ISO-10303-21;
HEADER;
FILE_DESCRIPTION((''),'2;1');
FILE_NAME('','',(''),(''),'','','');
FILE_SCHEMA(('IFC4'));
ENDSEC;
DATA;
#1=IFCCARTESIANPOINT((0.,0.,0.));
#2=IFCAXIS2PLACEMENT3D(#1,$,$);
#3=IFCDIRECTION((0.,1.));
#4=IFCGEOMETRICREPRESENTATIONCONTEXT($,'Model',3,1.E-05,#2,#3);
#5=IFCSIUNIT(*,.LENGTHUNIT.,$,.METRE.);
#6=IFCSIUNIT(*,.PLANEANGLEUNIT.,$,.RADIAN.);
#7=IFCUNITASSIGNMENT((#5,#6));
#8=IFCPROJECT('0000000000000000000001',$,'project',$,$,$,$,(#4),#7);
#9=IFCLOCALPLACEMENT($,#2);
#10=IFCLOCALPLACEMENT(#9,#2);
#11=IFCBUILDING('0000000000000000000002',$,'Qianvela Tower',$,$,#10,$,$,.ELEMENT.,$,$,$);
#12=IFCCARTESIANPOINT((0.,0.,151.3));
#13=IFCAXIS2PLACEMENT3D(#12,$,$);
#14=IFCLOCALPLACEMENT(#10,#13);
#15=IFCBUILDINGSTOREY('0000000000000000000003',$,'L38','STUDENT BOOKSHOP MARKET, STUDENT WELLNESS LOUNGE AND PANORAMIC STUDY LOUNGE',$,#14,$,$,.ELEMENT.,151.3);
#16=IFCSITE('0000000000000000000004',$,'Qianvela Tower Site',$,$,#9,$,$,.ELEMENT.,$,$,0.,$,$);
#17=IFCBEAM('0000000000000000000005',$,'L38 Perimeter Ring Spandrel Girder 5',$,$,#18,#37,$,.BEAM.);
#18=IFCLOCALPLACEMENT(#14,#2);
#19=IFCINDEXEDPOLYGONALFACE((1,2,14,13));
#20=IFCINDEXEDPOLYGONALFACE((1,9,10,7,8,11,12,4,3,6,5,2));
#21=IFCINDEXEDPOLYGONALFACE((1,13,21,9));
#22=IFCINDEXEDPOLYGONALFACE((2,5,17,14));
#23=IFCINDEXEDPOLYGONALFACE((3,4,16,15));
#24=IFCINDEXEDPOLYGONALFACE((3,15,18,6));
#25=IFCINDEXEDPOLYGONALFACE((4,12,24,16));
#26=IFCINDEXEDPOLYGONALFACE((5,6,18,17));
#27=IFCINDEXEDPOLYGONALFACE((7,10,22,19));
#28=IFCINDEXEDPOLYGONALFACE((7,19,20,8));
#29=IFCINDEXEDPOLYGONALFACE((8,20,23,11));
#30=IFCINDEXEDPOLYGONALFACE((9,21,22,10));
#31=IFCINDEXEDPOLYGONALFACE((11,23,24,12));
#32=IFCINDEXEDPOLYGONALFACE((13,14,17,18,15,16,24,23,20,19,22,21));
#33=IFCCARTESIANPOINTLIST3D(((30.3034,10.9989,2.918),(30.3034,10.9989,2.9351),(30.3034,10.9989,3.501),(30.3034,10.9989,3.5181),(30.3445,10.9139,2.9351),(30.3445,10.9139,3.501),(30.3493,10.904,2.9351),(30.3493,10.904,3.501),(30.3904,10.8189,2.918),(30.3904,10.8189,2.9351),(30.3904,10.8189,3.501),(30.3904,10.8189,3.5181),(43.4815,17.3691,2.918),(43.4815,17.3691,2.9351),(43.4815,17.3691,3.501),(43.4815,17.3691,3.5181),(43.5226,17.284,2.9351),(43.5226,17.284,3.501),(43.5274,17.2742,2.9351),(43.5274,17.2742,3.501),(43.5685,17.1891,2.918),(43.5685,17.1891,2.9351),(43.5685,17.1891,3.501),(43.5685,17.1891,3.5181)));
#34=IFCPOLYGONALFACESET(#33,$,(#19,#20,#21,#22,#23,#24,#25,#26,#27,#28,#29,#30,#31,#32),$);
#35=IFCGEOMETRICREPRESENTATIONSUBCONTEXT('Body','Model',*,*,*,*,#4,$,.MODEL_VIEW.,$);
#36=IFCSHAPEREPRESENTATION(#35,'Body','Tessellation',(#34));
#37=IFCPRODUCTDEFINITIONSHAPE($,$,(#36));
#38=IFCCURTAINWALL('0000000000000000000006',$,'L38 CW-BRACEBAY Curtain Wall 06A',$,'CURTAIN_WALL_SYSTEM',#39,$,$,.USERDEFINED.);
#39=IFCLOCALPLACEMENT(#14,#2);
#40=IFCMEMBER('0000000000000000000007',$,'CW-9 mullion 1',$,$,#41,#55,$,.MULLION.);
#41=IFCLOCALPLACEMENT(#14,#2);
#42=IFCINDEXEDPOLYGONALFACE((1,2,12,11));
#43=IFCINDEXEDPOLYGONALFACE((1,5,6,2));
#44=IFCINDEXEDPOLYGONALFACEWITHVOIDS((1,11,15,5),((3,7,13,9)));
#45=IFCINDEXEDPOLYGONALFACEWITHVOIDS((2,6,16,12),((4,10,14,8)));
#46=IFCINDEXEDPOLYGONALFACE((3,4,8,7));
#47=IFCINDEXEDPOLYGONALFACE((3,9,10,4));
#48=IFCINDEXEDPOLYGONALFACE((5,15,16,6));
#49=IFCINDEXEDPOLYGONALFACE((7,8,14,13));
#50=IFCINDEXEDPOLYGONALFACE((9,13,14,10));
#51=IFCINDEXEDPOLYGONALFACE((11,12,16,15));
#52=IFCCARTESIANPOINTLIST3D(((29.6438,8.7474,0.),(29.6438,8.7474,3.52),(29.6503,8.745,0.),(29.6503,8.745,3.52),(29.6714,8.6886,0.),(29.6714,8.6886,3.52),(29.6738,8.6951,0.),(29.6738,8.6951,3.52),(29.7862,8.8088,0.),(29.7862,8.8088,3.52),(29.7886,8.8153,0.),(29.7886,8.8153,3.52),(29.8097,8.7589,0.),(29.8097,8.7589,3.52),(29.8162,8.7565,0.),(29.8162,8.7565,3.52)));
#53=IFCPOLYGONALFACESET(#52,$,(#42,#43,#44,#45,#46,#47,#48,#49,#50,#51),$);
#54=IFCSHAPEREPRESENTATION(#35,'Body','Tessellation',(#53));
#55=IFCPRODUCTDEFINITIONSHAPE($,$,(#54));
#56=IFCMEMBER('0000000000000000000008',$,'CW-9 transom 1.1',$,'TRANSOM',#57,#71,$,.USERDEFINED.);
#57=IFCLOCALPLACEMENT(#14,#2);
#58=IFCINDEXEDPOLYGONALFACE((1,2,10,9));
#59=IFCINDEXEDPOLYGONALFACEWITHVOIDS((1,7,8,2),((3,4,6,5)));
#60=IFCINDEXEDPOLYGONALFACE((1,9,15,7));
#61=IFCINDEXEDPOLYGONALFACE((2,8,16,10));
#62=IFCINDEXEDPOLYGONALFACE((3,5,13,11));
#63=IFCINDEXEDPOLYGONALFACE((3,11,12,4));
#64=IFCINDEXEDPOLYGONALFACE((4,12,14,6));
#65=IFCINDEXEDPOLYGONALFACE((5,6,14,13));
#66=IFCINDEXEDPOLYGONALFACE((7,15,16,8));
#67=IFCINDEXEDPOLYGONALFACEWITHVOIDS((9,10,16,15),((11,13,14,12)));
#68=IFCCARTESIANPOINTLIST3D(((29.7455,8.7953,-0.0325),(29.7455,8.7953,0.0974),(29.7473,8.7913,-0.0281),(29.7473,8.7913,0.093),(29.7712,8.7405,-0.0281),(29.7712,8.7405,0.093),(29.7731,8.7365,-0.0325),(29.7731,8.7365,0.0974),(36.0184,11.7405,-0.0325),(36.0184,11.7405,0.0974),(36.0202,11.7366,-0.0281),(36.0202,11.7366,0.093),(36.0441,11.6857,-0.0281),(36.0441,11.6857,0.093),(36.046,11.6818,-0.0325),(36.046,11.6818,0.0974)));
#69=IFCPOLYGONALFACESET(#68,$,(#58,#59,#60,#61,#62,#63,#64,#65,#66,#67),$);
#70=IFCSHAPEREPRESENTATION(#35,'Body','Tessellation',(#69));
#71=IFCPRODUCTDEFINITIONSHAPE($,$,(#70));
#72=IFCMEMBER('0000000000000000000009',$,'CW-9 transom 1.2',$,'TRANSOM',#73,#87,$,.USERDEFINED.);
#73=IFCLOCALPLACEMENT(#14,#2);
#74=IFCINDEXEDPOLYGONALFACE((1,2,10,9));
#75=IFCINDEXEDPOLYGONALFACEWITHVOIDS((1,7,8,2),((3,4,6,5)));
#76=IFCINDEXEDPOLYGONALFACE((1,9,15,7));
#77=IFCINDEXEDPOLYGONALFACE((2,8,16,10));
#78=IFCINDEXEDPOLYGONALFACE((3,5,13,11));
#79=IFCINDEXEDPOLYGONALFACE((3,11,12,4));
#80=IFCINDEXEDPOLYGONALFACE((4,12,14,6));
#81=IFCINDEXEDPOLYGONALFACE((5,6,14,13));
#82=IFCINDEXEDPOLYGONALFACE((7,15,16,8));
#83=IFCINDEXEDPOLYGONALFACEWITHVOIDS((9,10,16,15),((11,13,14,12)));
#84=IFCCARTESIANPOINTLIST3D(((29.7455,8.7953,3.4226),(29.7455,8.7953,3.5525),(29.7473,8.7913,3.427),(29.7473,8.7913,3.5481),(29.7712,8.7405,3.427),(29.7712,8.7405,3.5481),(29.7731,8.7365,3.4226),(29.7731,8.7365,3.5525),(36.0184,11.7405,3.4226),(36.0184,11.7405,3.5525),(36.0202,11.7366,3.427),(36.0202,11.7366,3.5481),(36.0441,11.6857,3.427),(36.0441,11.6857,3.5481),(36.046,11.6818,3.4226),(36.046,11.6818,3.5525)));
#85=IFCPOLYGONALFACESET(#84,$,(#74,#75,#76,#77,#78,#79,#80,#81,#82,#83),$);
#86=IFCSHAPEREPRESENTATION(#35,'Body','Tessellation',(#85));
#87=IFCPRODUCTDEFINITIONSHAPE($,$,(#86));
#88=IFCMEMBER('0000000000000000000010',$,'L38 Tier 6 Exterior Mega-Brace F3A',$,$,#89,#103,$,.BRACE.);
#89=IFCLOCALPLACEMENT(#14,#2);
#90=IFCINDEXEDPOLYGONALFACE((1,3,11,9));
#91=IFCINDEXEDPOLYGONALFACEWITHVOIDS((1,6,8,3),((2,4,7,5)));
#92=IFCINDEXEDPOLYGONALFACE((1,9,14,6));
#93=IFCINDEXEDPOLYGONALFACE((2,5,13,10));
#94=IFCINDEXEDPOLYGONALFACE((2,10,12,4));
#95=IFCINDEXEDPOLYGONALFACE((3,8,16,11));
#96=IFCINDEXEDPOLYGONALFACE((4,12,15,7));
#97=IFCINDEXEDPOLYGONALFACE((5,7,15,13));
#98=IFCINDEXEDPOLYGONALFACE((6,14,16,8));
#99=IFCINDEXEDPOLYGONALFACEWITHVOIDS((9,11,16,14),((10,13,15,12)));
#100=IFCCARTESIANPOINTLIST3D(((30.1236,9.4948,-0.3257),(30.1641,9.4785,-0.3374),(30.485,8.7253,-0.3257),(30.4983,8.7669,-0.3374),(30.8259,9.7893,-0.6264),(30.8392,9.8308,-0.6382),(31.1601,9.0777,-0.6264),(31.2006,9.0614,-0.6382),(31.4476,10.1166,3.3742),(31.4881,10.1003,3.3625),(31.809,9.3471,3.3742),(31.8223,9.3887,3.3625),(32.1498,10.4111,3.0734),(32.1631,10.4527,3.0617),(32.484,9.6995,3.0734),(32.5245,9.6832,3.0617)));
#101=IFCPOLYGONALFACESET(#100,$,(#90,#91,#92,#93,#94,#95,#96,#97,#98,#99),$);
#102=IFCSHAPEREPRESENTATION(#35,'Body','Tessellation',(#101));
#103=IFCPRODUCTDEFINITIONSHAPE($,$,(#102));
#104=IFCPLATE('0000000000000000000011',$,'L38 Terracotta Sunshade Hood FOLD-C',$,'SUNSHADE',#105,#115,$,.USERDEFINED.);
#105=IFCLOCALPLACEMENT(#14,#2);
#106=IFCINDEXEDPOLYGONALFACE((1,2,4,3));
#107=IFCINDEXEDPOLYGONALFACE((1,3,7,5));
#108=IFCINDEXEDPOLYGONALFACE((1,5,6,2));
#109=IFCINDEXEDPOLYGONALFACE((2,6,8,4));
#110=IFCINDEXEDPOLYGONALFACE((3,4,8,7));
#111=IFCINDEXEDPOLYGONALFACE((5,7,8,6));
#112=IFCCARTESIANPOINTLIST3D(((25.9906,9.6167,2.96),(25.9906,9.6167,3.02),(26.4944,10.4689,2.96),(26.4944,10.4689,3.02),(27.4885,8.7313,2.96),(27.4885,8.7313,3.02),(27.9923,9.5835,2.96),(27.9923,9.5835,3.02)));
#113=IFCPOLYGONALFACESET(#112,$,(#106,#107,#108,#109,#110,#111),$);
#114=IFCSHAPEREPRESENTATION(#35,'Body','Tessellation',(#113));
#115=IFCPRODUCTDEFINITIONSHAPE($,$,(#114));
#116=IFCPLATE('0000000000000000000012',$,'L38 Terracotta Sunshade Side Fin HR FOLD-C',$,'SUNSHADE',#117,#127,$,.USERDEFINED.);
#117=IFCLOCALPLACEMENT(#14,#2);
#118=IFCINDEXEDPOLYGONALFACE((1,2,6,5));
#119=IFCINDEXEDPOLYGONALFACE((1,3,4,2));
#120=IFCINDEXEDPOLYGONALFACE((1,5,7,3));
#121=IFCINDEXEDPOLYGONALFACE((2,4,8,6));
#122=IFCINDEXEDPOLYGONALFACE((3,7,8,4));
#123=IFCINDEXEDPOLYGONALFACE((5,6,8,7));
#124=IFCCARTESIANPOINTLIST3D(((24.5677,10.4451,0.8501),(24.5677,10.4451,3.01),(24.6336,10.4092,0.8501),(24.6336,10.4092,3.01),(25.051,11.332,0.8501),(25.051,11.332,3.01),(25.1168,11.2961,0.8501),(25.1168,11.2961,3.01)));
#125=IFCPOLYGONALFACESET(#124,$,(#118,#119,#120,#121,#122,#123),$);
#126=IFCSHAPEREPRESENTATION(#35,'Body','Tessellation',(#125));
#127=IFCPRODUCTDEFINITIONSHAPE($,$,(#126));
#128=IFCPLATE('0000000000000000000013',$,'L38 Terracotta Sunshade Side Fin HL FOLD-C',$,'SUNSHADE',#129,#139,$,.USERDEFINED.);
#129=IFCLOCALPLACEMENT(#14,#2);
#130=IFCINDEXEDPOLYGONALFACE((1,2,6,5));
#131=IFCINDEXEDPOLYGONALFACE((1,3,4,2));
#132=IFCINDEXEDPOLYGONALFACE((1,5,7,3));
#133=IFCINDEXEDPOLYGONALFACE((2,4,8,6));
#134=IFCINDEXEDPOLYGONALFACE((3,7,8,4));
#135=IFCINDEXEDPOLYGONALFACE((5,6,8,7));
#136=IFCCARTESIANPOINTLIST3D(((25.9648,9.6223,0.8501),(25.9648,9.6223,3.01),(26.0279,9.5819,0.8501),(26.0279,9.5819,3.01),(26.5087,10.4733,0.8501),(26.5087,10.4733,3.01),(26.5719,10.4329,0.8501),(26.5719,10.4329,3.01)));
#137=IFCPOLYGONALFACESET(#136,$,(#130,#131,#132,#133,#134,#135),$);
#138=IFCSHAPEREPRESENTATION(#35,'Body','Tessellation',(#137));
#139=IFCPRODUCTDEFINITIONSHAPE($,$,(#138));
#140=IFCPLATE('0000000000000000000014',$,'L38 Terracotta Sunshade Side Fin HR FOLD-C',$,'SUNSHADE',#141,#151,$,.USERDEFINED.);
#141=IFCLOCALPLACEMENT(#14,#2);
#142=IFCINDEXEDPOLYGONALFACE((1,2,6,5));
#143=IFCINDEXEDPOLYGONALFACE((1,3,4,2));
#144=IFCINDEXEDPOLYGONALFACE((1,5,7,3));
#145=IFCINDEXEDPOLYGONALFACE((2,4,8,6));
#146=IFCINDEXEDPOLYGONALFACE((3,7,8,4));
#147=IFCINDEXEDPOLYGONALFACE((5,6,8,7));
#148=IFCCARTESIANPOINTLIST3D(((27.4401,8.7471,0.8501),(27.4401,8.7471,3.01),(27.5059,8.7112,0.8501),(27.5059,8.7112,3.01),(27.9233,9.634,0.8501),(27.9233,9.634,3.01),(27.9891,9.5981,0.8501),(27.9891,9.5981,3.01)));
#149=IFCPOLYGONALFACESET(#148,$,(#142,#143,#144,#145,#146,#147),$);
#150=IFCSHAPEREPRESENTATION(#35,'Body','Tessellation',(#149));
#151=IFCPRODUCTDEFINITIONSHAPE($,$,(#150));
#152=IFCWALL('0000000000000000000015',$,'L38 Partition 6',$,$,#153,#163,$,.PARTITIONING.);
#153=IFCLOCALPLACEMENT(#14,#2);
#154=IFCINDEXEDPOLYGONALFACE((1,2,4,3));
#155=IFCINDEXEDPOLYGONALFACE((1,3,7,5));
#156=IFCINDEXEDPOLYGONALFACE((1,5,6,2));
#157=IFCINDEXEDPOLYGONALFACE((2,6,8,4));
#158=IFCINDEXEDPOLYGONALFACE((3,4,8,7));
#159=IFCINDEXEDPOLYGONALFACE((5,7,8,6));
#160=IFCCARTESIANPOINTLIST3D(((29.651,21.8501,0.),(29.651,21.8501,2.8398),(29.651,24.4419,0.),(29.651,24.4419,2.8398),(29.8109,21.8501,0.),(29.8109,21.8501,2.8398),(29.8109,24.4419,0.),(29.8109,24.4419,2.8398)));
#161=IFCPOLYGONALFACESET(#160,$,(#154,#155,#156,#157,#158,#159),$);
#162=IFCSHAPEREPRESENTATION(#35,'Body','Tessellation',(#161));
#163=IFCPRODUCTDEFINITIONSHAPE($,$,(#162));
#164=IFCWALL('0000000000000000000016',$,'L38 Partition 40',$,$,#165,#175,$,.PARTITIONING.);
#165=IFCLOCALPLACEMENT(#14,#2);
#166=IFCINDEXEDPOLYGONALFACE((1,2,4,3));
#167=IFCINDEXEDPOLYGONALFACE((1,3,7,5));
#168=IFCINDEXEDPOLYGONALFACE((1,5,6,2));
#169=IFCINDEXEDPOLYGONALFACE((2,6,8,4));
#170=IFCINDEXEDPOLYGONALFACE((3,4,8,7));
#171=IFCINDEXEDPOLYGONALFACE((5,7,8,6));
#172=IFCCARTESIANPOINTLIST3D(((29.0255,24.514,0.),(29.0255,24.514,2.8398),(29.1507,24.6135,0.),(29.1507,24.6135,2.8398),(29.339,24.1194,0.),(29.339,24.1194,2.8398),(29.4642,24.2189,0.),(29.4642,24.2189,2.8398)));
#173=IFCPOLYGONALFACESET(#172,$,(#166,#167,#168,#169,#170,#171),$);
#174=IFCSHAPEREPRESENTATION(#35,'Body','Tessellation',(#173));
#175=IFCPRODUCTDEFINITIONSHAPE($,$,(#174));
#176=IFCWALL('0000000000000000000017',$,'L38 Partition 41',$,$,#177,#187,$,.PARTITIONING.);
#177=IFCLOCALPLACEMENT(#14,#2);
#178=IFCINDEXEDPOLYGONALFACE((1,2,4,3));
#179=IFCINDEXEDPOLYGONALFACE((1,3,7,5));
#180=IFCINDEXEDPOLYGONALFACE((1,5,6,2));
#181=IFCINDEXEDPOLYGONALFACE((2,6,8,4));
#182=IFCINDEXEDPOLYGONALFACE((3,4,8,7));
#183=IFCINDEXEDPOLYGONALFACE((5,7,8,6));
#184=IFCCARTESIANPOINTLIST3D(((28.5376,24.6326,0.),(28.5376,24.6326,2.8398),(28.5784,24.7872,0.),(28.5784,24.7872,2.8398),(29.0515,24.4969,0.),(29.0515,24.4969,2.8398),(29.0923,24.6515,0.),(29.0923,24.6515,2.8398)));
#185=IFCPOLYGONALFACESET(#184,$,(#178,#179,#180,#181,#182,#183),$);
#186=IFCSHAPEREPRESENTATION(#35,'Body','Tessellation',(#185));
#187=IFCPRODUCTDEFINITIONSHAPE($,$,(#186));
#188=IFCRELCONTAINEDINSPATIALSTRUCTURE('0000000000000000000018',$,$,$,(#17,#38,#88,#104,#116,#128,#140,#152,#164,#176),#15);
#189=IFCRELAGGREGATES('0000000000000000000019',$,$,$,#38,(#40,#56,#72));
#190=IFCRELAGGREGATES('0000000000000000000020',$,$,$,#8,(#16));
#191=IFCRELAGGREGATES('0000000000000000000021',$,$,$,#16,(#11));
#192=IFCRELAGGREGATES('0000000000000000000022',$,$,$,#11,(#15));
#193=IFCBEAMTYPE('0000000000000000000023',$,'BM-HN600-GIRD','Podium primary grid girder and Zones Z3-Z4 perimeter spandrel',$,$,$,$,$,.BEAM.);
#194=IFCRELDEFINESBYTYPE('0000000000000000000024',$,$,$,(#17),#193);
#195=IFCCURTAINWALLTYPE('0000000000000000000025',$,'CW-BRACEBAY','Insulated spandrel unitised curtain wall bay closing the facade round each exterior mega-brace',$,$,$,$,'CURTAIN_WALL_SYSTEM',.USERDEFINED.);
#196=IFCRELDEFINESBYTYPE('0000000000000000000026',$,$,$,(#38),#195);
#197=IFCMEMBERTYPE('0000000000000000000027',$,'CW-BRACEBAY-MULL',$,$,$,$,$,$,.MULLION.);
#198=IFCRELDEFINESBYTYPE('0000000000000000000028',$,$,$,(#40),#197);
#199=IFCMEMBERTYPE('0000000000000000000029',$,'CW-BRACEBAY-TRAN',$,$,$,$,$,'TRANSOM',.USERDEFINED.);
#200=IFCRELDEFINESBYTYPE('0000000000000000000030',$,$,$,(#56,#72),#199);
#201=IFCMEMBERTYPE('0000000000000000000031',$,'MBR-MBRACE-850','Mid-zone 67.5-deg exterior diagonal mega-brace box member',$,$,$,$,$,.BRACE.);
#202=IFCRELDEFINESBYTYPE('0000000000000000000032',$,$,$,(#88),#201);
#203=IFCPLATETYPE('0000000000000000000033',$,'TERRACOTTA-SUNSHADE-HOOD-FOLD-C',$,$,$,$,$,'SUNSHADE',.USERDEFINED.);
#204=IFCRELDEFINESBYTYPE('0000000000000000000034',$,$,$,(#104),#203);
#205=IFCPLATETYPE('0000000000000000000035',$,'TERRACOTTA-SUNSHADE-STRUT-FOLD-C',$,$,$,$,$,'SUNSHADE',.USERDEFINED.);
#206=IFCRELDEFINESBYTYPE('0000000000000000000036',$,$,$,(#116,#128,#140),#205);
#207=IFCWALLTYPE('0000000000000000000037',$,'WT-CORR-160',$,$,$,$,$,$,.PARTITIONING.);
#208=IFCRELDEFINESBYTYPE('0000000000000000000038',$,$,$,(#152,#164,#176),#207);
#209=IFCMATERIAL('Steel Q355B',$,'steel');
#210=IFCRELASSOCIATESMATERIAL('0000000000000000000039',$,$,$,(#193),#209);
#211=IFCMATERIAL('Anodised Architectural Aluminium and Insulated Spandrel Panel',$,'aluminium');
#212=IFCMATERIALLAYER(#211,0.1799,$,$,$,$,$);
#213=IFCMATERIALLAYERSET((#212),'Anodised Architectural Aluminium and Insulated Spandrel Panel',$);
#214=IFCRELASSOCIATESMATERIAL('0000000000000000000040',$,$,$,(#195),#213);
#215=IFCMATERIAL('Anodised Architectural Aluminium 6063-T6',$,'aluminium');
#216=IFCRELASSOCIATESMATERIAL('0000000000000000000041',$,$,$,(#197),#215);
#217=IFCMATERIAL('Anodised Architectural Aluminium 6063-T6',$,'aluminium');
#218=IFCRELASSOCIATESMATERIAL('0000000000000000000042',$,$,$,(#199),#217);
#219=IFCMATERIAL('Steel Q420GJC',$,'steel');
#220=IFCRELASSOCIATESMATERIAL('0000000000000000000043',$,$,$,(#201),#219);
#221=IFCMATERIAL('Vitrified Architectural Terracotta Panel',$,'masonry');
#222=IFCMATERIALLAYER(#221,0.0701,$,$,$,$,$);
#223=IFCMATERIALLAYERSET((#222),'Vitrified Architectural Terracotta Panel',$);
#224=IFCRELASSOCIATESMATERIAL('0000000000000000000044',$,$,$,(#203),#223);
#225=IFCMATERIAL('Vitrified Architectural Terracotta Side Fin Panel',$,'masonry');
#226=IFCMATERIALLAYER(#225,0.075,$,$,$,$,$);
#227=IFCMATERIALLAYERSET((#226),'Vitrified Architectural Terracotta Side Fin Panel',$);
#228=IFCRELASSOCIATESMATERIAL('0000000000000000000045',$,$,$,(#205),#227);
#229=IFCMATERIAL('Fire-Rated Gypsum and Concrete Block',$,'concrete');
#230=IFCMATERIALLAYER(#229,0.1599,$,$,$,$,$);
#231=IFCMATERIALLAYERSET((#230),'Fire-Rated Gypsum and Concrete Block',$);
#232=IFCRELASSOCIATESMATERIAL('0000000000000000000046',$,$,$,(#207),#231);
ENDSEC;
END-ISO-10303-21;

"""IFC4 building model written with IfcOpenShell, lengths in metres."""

from ifc_helpers import new_model, si_unit, direction, frame, frame_2d, origin, origin_2d, place, context, subcontext, project, spatial, rectangle, hollow_rectangle, i_section, extrude, material, layer, layer_set, material_profile, profile_set, type_object, element, aggregate, save


model = new_model("IFC4")

# Units and contexts
model_context = context("Model", 3, precision=1e-05, world=origin(), true_north=direction((0.0, 1.0)))
body_context = subcontext(model_context, "Body", "Model", "MODEL_VIEW")
ifc_project = project(units=[si_unit("LENGTHUNIT", "METRE"), si_unit("PLANEANGLEUNIT", "RADIAN")], contexts=[model_context])

# Site, building, storey
site_placement = place(None, origin())
site = spatial("IfcSite", under=ifc_project, at=site_placement, Name="Qianvela Tower Site", CompositionType="ELEMENT", RefElevation=0.0)
building_placement = place(site_placement, origin())
building = spatial("IfcBuilding", under=site, at=building_placement, Name="Qianvela Tower", CompositionType="ELEMENT")
storey_placement = place(building_placement, frame((0.0, 0.0, 151.3)))
storey = spatial("IfcBuildingStorey", under=building, at=storey_placement, Name="L38", Description="STUDENT BOOKSHOP MARKET, STUDENT WELLNESS LOUNGE AND PANORAMIC STUDY LOUNGE", CompositionType="ELEMENT", Elevation=151.3)

# Beam
ifc_material_1 = material(Name="Steel Q355B", Category="steel")
ifc_material_profile_1 = material_profile(ifc_material_1, i_section(OverallWidth=0.2, OverallDepth=0.6001, WebThickness=0.011, FlangeThickness=0.0171, at=origin_2d()), Name="HN600x200x11x17")
ifc_profile_set_1 = profile_set([ifc_material_profile_1], Name="Steel Q355B")
beam_type_1 = type_object("IfcBeamType", Name="BM-HN600-GIRD", Description="Podium primary grid girder and Zones Z3-Z4 perimeter spandrel", PredefinedType="BEAM", material=ifc_profile_set_1)
beam_1_placement = place(storey_placement, frame((30.3469, 10.9089, 3.218), z_axis=(0.900329, 0.435211, 0.0), x_axis=(-0.435211, 0.900329, 0.0)))
element("IfcBeam", 1, at=beam_1_placement, inside=storey, type_object=beam_type_1, Name="L38 Perimeter Ring Spandrel Girder 5", PredefinedType="BEAM", context=body_context, shape_type="SweptSolid", body=[
    extrude(i_section(OverallWidth=0.2, OverallDepth=0.6001, WebThickness=0.011, FlangeThickness=0.0171, at=origin_2d()), origin(), (0.0, 0.0, 1.0), 14.637),
])

# Curtain wall, members
ifc_material_2 = material(Name="Anodised Architectural Aluminium and Insulated Spandrel Panel", Category="aluminium")
ifc_layer_1 = layer(ifc_material_2, 0.1799)
ifc_layer_set_1 = layer_set([ifc_layer_1], Name="Anodised Architectural Aluminium and Insulated Spandrel Panel")
curtain_wall_type = type_object("IfcCurtainWallType", Name="CW-BRACEBAY", Description="Insulated spandrel unitised curtain wall bay closing the facade round each exterior mega-brace", ElementType="CURTAIN_WALL_SYSTEM", PredefinedType="USERDEFINED", material=ifc_layer_set_1)
curtain_wall_placement = place(storey_placement, origin())
curtain_wall = element("IfcCurtainWall", 2, at=curtain_wall_placement, inside=storey, type_object=curtain_wall_type, Name="L38 CW-BRACEBAY Curtain Wall 06A", ObjectType="CURTAIN_WALL_SYSTEM", PredefinedType="USERDEFINED")
ifc_material_3 = material(Name="Anodised Architectural Aluminium 6063-T6", Category="aluminium")
ifc_material_profile_2 = material_profile(ifc_material_3, hollow_rectangle(XDim=0.0649, YDim=0.1599, WallThickness=0.0049, at=origin_2d()), Name="ALU-MULL-65x160")
ifc_profile_set_2 = profile_set([ifc_material_profile_2], Name="Anodised Architectural Aluminium 6063-T6")
member_type_1 = type_object("IfcMemberType", Name="CW-BRACEBAY-MULL", PredefinedType="MULLION", material=ifc_profile_set_2)
member_1_placement = place(storey_placement, frame((29.73, 8.752, 0.0), z_axis=(0.0, 0.0, 1.0), x_axis=(-0.425032, 0.905178, 0.0)))
member_1 = element("IfcMember", 3, at=member_1_placement, type_object=member_type_1, Name="CW-9 mullion 1", PredefinedType="MULLION", context=body_context, shape_type="SweptSolid", body=[
    extrude(hollow_rectangle(XDim=0.0649, YDim=0.1599, WallThickness=0.0049, at=origin_2d()), origin(), (0.0, 0.0, 1.0), 3.52),
])
ifc_material_4 = material(Name="Anodised Architectural Aluminium 6063-T6", Category="aluminium")
ifc_material_profile_3 = material_profile(ifc_material_4, hollow_rectangle(XDim=0.0649, YDim=0.1299, WallThickness=0.0044, at=origin_2d()), Name="ALU-TRAN-65x130")
ifc_profile_set_3 = profile_set([ifc_material_profile_3], Name="Anodised Architectural Aluminium 6063-T6")
member_type_2 = type_object("IfcMemberType", Name="CW-BRACEBAY-TRAN", ElementType="TRANSOM", PredefinedType="USERDEFINED", material=ifc_profile_set_3)
member_2_placement = place(storey_placement, frame((29.7593, 8.7659, 0.0325), z_axis=(0.905189, 0.42501, 0.0), x_axis=(-0.42501, 0.905189, 0.0)))
member_2 = element("IfcMember", 4, at=member_2_placement, type_object=member_type_2, Name="CW-9 transom 1.1", ObjectType="TRANSOM", PredefinedType="USERDEFINED", context=body_context, shape_type="SweptSolid", body=[
    extrude(hollow_rectangle(XDim=0.0649, YDim=0.1299, WallThickness=0.0044, at=origin_2d()), origin(), (0.0, 0.0, 1.0), 6.9299),
])
member_3_placement = place(storey_placement, frame((29.7593, 8.7659, 3.4875), z_axis=(0.905189, 0.42501, 0.0), x_axis=(-0.42501, 0.905189, 0.0)))
member_3 = element("IfcMember", 5, at=member_3_placement, type_object=member_type_2, Name="CW-9 transom 1.2", ObjectType="TRANSOM", PredefinedType="USERDEFINED", context=body_context, shape_type="SweptSolid", body=[
    extrude(hollow_rectangle(XDim=0.0649, YDim=0.1299, WallThickness=0.0044, at=origin_2d()), origin(), (0.0, 0.0, 1.0), 6.9299),
])
aggregate(curtain_wall, [member_1, member_2, member_3])

# Member
ifc_material_5 = material(Name="Steel Q420GJC", Category="steel")
ifc_material_profile_4 = material_profile(ifc_material_5, hollow_rectangle(XDim=0.8501, YDim=0.8501, WallThickness=0.032, at=origin_2d()), Name="MBOX-850x850x32")
ifc_profile_set_4 = profile_set([ifc_material_profile_4], Name="Steel Q420GJC")
member_type_3 = type_object("IfcMemberType", Name="MBR-MBRACE-850", Description="Mid-zone 67.5-deg exterior diagonal mega-brace box member", PredefinedType="BRACE", material=ifc_profile_set_4)
member_4_placement = place(storey_placement, frame((30.6621, 9.2781, -0.4819), z_axis=(0.332774, 0.156293, 0.929964), x_axis=(-0.425114, 0.90514, 0.0)))
element("IfcMember", 6, at=member_4_placement, inside=storey, type_object=member_type_3, Name="L38 Tier 6 Exterior Mega-Brace F3A", PredefinedType="BRACE", context=body_context, shape_type="SweptSolid", body=[
    extrude(hollow_rectangle(XDim=0.8501, YDim=0.8501, WallThickness=0.032, at=origin_2d()), origin(), (0.0, 0.0, 1.0), 3.9785),
])

# Plates
ifc_material_6 = material(Name="Vitrified Architectural Terracotta Panel", Category="masonry")
ifc_layer_2 = layer(ifc_material_6, 0.0701)
ifc_layer_set_2 = layer_set([ifc_layer_2], Name="Vitrified Architectural Terracotta Panel")
plate_type_1 = type_object("IfcPlateType", Name="TERRACOTTA-SUNSHADE-HOOD-FOLD-C", ElementType="SUNSHADE", PredefinedType="USERDEFINED", material=ifc_layer_set_2)
plate_placement = place(storey_placement, frame((26.9915, 9.6001, 2.96), z_axis=(0.0, 0.0, 1.0), x_axis=(0.860868, -0.508828, 0.0)))
element("IfcPlate", 7, at=plate_placement, inside=storey, type_object=plate_type_1, Name="L38 Terracotta Sunshade Hood FOLD-C", ObjectType="SUNSHADE", PredefinedType="USERDEFINED", context=body_context, shape_type="SweptSolid", body=[
    extrude(rectangle(XDim=1.74, YDim=0.99, at=origin_2d()), origin(), (0.0, 0.0, 1.0), 0.0601),
])
ifc_material_7 = material(Name="Vitrified Architectural Terracotta Side Fin Panel", Category="masonry")
ifc_layer_3 = layer(ifc_material_7, 0.075)
ifc_layer_set_3 = layer_set([ifc_layer_3], Name="Vitrified Architectural Terracotta Side Fin Panel")
plate_type_2 = type_object("IfcPlateType", Name="TERRACOTTA-SUNSHADE-STRUT-FOLD-C", ElementType="SUNSHADE", PredefinedType="USERDEFINED", material=ifc_layer_set_3)
for number, where, z_axis, x_axis, name in (
    (8, (24.8423, 10.8706, 0.8501), (0.0, 0.0, 1.0), (0.878102, -0.478474, 0.0), "L38 Terracotta Sunshade Side Fin HR FOLD-C"),
    (9, (26.2683, 10.0276, 0.8501), (0.0, 0.0, 1.0), (0.842586, -0.538562, 0.0), "L38 Terracotta Sunshade Side Fin HL FOLD-C"),
    (10, (27.7146, 9.1726, 0.8501), (0.0, 0.0, 1.0), (0.878102, -0.478474, 0.0), "L38 Terracotta Sunshade Side Fin HR FOLD-C"),
):
    element("IfcPlate", number, at=place(storey_placement, frame(where, z_axis=z_axis, x_axis=x_axis)), inside=storey, type_object=plate_type_2, Name=name, ObjectType="SUNSHADE", PredefinedType="USERDEFINED", context=body_context, shape_type="SweptSolid", body=[
        extrude(rectangle(XDim=0.075, YDim=1.01, at=origin_2d()), origin(), (0.0, 0.0, 1.0), 2.1599),
    ])

# Walls
ifc_material_8 = material(Name="Fire-Rated Gypsum and Concrete Block", Category="concrete")
ifc_layer_4 = layer(ifc_material_8, 0.1599)
ifc_layer_set_4 = layer_set([ifc_layer_4], Name="Fire-Rated Gypsum and Concrete Block")
wall_type_1 = type_object("IfcWallType", Name="WT-CORR-160", PredefinedType="PARTITIONING", material=ifc_layer_set_4)
wall_1_placement = place(storey_placement, frame((29.731, 21.8501, 0.0), z_axis=(0.0, 0.0, 1.0), x_axis=(0.0, 1.0, 0.0)))
element("IfcWall", 11, at=wall_1_placement, inside=storey, type_object=wall_type_1, Name="L38 Partition 6", PredefinedType="PARTITIONING", context=body_context, shape_type="SweptSolid", body=[
    extrude(rectangle(XDim=2.5918, YDim=0.1599, at=frame_2d((1.2959, 0.0))), origin(), (0.0, 0.0, 1.0), 2.8398),
])
wall_2_placement = place(storey_placement, frame((29.4016, 24.1692, 0.0), z_axis=(0.0, 0.0, 1.0), x_axis=(-0.622092, 0.782944, 0.0)))
element("IfcWall", 12, at=wall_2_placement, inside=storey, type_object=wall_type_1, Name="L38 Partition 40", PredefinedType="PARTITIONING", context=body_context, shape_type="SweptSolid", body=[
    extrude(rectangle(XDim=0.5039, YDim=0.1599, at=frame_2d((0.252, 0.0))), origin(), (0.0, 0.0, 1.0), 2.8398),
])
wall_3_placement = place(storey_placement, frame((29.0718, 24.5742, 0.0), z_axis=(0.0, 0.0, 1.0), x_axis=(-0.966842, 0.255375, 0.0)))
element("IfcWall", 13, at=wall_3_placement, inside=storey, type_object=wall_type_1, Name="L38 Partition 41", PredefinedType="PARTITIONING", context=body_context, shape_type="SweptSolid", body=[
    extrude(rectangle(XDim=0.5315, YDim=0.1599, at=frame_2d((0.2656, 0.0))), origin(), (0.0, 0.0, 1.0), 2.8398),
])

save(model, "model.ifc")
